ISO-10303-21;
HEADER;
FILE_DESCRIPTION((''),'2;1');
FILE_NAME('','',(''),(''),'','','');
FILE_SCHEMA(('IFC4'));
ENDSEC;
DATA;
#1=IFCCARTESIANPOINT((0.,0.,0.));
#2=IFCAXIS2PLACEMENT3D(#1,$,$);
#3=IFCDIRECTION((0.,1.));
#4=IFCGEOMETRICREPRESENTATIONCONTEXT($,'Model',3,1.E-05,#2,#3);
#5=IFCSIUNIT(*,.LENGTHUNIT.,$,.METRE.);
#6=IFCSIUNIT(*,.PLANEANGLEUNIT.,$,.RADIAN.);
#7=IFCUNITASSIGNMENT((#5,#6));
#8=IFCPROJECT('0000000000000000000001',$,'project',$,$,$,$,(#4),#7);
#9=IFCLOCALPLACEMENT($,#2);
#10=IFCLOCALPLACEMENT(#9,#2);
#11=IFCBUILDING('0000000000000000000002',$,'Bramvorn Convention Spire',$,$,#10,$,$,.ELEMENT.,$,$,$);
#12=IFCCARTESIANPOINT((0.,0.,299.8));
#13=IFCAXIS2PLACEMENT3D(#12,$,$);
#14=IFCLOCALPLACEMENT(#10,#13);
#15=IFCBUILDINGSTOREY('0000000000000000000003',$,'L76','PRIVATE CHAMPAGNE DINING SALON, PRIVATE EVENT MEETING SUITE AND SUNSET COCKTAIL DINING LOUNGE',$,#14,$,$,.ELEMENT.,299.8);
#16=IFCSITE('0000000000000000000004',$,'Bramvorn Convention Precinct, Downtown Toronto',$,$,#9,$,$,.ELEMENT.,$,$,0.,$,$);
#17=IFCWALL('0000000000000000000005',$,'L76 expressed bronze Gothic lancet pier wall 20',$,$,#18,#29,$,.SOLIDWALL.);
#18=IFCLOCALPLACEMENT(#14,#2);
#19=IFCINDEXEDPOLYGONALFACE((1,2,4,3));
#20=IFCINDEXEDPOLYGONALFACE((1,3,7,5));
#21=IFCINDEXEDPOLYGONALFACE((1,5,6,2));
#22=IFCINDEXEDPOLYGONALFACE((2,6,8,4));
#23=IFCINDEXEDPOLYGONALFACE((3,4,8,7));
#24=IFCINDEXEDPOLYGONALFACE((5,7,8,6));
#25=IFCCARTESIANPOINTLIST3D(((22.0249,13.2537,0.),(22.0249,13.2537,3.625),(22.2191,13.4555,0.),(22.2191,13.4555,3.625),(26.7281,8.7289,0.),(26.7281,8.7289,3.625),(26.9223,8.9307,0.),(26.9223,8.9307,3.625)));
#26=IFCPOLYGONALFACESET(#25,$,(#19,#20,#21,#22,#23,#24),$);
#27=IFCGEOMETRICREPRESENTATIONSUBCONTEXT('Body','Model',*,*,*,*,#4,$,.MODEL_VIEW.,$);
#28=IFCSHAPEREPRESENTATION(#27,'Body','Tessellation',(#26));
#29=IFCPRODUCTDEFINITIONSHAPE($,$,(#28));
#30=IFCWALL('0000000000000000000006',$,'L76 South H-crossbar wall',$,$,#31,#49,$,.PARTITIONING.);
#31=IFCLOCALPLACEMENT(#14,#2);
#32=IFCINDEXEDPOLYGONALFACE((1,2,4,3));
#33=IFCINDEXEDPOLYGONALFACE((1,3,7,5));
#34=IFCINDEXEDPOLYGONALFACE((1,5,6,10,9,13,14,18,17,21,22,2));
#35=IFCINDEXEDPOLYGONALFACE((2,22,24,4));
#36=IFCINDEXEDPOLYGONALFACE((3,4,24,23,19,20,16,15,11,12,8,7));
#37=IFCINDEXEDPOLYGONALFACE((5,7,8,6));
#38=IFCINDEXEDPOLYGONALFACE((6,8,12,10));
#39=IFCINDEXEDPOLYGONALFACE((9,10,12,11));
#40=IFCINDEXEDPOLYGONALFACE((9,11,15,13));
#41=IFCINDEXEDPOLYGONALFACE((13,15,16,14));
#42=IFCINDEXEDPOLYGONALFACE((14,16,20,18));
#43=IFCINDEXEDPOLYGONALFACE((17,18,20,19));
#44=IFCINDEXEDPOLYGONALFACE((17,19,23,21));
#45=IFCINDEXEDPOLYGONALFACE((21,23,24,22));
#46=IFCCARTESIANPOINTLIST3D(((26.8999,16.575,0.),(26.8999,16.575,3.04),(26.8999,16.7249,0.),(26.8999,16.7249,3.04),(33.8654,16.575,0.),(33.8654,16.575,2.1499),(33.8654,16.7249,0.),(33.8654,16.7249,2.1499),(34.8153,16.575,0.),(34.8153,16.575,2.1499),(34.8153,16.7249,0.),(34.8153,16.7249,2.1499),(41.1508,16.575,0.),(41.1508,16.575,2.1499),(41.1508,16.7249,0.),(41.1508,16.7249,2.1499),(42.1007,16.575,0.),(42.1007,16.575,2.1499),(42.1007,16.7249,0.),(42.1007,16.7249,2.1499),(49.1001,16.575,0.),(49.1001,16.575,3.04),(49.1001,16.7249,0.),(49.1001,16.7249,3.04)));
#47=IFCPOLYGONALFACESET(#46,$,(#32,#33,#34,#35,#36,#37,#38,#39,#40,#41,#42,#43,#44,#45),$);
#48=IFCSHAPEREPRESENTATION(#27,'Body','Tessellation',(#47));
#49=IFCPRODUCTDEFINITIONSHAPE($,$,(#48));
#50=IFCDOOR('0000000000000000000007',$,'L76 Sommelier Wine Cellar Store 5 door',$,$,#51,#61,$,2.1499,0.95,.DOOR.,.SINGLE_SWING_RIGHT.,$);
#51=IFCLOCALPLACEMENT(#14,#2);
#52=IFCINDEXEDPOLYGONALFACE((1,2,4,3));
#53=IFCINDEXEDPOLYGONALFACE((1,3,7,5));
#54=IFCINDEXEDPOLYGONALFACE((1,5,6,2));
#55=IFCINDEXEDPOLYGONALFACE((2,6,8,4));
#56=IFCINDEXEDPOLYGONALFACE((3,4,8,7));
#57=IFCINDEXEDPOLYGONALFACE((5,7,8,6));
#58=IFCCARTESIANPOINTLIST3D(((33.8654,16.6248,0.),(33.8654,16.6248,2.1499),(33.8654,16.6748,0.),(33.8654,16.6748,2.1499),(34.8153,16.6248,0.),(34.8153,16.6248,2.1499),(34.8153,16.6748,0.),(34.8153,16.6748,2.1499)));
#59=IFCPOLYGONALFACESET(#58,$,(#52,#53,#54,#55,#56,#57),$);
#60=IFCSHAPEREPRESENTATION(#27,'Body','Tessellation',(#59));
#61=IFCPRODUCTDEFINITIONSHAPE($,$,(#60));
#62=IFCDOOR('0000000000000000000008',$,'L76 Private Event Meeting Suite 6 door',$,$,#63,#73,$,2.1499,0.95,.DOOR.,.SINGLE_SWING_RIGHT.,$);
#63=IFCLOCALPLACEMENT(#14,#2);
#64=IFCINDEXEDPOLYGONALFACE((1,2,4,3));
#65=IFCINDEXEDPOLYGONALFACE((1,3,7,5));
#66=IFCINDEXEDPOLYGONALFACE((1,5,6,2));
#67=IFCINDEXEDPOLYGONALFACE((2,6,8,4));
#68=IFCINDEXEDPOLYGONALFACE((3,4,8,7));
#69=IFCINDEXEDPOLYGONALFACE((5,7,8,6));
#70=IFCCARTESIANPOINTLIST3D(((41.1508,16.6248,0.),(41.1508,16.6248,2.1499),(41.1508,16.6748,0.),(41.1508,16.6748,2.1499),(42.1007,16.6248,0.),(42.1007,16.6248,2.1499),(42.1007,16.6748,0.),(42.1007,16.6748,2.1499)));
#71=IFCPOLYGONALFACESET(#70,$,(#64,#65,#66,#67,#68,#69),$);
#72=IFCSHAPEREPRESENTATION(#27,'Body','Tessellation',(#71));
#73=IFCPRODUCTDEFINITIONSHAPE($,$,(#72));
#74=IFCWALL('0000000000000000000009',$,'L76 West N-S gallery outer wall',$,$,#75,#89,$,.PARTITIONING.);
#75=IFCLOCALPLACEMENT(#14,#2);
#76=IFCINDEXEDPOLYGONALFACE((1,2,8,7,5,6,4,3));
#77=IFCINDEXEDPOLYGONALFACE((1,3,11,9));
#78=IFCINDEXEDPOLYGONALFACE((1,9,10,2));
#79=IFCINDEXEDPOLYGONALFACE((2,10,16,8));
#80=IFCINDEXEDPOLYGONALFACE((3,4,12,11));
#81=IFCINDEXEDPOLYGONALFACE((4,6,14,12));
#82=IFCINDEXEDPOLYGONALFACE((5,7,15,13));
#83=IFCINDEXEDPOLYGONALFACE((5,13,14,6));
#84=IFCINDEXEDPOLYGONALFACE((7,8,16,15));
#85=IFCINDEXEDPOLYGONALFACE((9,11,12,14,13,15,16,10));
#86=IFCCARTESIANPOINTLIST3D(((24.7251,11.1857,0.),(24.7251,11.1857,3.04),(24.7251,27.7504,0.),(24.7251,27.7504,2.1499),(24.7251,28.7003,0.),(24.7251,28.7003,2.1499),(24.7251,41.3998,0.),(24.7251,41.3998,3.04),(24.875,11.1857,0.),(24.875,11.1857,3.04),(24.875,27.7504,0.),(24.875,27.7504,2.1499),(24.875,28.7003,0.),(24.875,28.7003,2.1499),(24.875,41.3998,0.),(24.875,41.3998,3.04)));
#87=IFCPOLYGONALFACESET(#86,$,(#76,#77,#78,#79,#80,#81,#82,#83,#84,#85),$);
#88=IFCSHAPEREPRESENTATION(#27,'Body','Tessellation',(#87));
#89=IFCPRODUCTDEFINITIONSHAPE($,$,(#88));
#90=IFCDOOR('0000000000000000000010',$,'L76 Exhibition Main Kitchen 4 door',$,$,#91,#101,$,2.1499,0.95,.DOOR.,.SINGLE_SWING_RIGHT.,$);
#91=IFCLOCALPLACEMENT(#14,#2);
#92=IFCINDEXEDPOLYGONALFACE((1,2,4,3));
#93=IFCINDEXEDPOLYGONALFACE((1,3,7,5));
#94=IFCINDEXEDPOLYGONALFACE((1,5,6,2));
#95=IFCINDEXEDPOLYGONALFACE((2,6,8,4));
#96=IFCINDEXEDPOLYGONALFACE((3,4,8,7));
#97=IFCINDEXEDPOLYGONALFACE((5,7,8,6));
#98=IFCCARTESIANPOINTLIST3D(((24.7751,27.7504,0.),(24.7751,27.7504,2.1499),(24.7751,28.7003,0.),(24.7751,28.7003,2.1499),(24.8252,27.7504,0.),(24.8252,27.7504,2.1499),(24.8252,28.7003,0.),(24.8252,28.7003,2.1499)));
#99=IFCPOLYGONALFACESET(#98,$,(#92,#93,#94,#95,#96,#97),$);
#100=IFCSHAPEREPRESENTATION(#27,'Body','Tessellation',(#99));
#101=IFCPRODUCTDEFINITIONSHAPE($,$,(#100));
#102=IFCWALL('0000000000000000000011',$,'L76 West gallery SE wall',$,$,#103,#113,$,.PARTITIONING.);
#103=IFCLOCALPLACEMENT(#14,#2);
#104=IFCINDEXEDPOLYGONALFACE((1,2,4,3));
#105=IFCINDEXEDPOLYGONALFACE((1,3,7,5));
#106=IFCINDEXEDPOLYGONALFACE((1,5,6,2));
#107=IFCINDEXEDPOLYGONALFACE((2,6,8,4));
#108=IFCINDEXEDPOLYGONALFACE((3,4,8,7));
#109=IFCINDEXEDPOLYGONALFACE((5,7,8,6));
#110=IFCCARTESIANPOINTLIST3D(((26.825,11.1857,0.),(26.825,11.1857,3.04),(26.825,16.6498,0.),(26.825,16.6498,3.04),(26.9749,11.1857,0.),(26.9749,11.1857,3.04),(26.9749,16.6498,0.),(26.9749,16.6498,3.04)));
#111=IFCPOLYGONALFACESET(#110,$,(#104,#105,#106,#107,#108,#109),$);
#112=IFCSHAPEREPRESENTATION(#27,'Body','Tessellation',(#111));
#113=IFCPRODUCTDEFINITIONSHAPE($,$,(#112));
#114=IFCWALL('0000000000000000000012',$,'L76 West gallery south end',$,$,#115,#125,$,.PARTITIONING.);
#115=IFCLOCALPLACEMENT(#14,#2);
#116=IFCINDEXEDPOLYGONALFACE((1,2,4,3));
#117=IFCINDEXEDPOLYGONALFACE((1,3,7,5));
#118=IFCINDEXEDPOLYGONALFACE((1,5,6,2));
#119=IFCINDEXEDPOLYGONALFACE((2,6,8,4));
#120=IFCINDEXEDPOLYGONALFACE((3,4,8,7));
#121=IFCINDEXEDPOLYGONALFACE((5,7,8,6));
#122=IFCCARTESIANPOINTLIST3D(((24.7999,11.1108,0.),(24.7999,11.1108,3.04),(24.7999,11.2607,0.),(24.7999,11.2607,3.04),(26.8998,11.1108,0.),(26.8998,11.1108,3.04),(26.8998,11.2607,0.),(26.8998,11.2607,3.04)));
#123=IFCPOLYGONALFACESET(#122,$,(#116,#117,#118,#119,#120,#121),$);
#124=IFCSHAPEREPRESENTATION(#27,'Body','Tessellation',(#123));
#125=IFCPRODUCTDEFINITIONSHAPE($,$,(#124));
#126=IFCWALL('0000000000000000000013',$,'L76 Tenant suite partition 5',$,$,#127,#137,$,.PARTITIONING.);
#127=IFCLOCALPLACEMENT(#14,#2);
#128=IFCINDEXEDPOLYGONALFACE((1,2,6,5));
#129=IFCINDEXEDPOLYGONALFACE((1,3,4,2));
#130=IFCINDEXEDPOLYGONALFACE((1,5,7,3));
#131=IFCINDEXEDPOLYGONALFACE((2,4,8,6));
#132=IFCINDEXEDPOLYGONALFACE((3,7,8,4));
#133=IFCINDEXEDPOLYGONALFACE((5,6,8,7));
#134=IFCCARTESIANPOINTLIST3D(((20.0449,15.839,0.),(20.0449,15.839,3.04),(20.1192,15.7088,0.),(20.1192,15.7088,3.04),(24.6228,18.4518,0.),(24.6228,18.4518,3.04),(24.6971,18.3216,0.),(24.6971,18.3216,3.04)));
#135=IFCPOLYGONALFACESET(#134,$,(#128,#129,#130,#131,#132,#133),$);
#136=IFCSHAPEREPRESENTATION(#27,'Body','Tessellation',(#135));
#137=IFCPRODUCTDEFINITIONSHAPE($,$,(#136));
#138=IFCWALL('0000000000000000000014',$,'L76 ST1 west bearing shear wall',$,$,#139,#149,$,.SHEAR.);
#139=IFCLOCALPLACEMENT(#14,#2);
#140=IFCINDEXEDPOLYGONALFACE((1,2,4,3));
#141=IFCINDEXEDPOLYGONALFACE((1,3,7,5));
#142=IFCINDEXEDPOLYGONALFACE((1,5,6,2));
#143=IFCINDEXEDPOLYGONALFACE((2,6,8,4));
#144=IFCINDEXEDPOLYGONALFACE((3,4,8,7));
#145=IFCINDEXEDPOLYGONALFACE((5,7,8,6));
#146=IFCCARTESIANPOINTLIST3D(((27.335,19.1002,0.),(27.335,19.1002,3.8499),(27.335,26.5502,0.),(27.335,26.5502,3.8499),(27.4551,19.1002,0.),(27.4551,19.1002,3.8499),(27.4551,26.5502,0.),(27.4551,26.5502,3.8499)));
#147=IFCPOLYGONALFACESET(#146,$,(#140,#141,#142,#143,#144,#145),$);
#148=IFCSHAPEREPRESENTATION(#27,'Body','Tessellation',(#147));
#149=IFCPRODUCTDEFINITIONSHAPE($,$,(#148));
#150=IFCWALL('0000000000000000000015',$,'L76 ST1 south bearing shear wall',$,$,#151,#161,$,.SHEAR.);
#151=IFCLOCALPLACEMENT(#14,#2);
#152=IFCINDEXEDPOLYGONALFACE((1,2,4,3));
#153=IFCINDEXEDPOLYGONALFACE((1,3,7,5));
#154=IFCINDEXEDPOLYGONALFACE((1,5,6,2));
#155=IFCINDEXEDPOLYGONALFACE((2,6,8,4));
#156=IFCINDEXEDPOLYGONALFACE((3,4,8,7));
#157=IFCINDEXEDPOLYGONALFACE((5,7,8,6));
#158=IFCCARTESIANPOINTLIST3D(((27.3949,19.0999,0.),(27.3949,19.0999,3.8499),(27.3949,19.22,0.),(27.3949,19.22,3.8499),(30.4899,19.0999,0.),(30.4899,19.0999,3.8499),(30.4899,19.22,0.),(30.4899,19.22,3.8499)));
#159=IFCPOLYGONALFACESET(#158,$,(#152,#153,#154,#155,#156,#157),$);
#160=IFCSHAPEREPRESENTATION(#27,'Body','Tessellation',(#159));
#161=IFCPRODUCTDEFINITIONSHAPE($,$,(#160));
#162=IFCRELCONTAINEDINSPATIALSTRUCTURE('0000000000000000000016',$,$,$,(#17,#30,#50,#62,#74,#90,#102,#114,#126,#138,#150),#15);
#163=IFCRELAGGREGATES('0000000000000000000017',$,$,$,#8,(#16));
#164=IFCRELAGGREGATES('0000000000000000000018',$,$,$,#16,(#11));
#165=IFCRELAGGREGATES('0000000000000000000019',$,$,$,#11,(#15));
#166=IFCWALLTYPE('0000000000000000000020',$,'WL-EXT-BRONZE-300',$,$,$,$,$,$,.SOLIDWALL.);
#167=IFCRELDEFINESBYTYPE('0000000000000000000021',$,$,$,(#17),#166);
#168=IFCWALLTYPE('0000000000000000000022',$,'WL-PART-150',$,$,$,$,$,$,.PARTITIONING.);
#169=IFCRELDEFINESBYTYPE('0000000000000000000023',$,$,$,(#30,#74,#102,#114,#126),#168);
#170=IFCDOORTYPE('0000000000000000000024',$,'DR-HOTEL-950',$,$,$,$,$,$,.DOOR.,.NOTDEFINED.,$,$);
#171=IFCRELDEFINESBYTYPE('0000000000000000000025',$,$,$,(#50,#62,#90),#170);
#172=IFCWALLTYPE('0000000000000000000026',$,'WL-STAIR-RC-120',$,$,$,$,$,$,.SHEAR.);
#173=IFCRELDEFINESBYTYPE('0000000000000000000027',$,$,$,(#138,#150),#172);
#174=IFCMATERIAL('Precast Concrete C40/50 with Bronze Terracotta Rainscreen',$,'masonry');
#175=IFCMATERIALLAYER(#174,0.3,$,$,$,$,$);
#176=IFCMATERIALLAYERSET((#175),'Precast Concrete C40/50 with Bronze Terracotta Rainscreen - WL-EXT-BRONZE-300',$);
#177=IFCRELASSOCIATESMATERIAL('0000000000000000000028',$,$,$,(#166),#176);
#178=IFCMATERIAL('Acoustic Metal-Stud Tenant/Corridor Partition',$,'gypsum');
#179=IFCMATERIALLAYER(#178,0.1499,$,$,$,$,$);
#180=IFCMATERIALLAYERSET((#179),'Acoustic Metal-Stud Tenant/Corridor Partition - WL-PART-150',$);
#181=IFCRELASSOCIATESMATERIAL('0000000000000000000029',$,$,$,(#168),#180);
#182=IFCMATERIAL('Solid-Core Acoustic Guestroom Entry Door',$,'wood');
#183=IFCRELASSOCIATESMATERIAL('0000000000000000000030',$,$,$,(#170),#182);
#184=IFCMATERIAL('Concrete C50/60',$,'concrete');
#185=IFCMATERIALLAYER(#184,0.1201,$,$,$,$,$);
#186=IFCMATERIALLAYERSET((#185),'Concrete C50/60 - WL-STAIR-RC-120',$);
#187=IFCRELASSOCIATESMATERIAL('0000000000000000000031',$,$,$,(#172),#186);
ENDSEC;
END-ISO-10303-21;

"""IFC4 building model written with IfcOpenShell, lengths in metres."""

from ifc_helpers import new_model, si_unit, direction, frame, frame_2d, origin, place, context, subcontext, project, spatial, rectangle, extrude, material, layer, layer_set, type_object, element, fill, save


model = new_model("IFC4")

# Units and contexts
model_context = context("Model", 3, precision=1e-05, world=origin(), true_north=direction((0.0, 1.0)))
body_context = subcontext(model_context, "Body", "Model", "MODEL_VIEW")
ifc_project = project(units=[si_unit("LENGTHUNIT", "METRE"), si_unit("PLANEANGLEUNIT", "RADIAN")], contexts=[model_context])

# Site, building, storey
site_placement = place(None, origin())
site = spatial("IfcSite", under=ifc_project, at=site_placement, Name="Bramvorn Convention Precinct, Downtown Toronto", CompositionType="ELEMENT", RefElevation=0.0)
building_placement = place(site_placement, origin())
building = spatial("IfcBuilding", under=site, at=building_placement, Name="Bramvorn Convention Spire", CompositionType="ELEMENT")
storey_placement = place(building_placement, frame((0.0, 0.0, 299.8)))
storey = spatial("IfcBuildingStorey", under=building, at=storey_placement, Name="L76", Description="PRIVATE CHAMPAGNE DINING SALON, PRIVATE EVENT MEETING SUITE AND SUNSET COCKTAIL DINING LOUNGE", CompositionType="ELEMENT", Elevation=299.8)

# Shared definitions
ifc_material_1 = material(Name="Concrete C50/60", Category="concrete")

# Wall
ifc_material_2 = material(Name="Precast Concrete C40/50 with Bronze Terracotta Rainscreen", Category="masonry")
ifc_layer_1 = layer(ifc_material_2, 0.3)
ifc_layer_set_1 = layer_set([ifc_layer_1], Name="Precast Concrete C40/50 with Bronze Terracotta Rainscreen - WL-EXT-BRONZE-300")
wall_type_1 = type_object("IfcWallType", Name="WL-EXT-BRONZE-300", PredefinedType="SOLIDWALL", material=ifc_layer_set_1)
wall_1_placement = place(storey_placement, frame((26.8252, 8.8298, 0.0), z_axis=(0.0, 0.0, 1.0), x_axis=(-0.720648, 0.693302, 0.0)))
element("IfcWall", 1, at=wall_1_placement, inside=storey, type_object=wall_type_1, Name="L76 expressed bronze Gothic lancet pier wall 20", PredefinedType="SOLIDWALL", context=body_context, shape_type="SweptSolid", body=[
    extrude(rectangle(XDim=6.5264, YDim=0.28, at=frame_2d((3.2632, 0.0))), origin(), (0.0, 0.0, 1.0), 3.625),
])

# Wall, openings, doors
ifc_material_3 = material(Name="Acoustic Metal-Stud Tenant/Corridor Partition", Category="gypsum")
ifc_layer_2 = layer(ifc_material_3, 0.1499)
ifc_layer_set_2 = layer_set([ifc_layer_2], Name="Acoustic Metal-Stud Tenant/Corridor Partition - WL-PART-150")
wall_type_2 = type_object("IfcWallType", Name="WL-PART-150", PredefinedType="PARTITIONING", material=ifc_layer_set_2)
wall_2_placement = place(storey_placement, frame((26.8999, 16.6499, 0.0), z_axis=(0.0, 0.0, 1.0), x_axis=(1.0, 0.0, 0.0)))
wall_2 = element("IfcWall", 2, at=wall_2_placement, inside=storey, type_object=wall_type_2, Name="L76 South H-crossbar wall", PredefinedType="PARTITIONING", context=body_context, shape_type="SweptSolid", body=[
    extrude(rectangle(XDim=22.2002, YDim=0.1499, at=frame_2d((11.1001, 0.0))), origin(), (0.0, 0.0, 1.0), 3.04),
])
opening_1_placement = place(wall_2_placement, frame((6.9653, 0.0, 0.0)))
opening_1 = element("IfcOpeningElement", 3, at=opening_1_placement, cuts=wall_2, PredefinedType="OPENING", context=body_context, shape_type="SweptSolid", body=[
    extrude(rectangle(XDim=0.95, YDim=2.1499, at=frame_2d((0.4751, 1.075))), frame((0.0, 0.085, 0.0), z_axis=(0.0, -1.0, 0.0), x_axis=(1.0, 0.0, 0.0)), (0.0, 0.0, 1.0), 0.1699),
])
opening_2_placement = place(wall_2_placement, frame((14.2507, 0.0, 0.0)))
opening_2 = element("IfcOpeningElement", 4, at=opening_2_placement, cuts=wall_2, PredefinedType="OPENING", context=body_context, shape_type="SweptSolid", body=[
    extrude(rectangle(XDim=0.95, YDim=2.1499, at=frame_2d((0.4751, 1.075))), frame((0.0, 0.085, 0.0), z_axis=(0.0, -1.0, 0.0), x_axis=(1.0, 0.0, 0.0)), (0.0, 0.0, 1.0), 0.1699),
])
ifc_material_4 = material(Name="Solid-Core Acoustic Guestroom Entry Door", Category="wood")
door_type_1 = type_object("IfcDoorType", Name="DR-HOTEL-950", OperationType="NOTDEFINED", PredefinedType="DOOR", material=ifc_material_4)
door_1_placement = place(opening_1_placement, origin())
door_1 = element("IfcDoor", 5, at=door_1_placement, inside=storey, type_object=door_type_1, Name="L76 Sommelier Wine Cellar Store 5 door", OperationType="SINGLE_SWING_RIGHT", OverallHeight=2.1499, OverallWidth=0.95, PredefinedType="DOOR", context=body_context, shape_type="SweptSolid", body=[
    extrude(rectangle(XDim=0.95, YDim=2.1499, at=frame_2d((0.4751, 1.075))), frame((0.0, 0.0249, 0.0), z_axis=(0.0, -1.0, 0.0), x_axis=(1.0, 0.0, 0.0)), (0.0, 0.0, 1.0), 0.05),
])
fill(opening_1, door_1)
door_2_placement = place(opening_2_placement, origin())
door_2 = element("IfcDoor", 6, at=door_2_placement, inside=storey, type_object=door_type_1, Name="L76 Private Event Meeting Suite 6 door", OperationType="SINGLE_SWING_RIGHT", OverallHeight=2.1499, OverallWidth=0.95, PredefinedType="DOOR", context=body_context, shape_type="SweptSolid", body=[
    extrude(rectangle(XDim=0.95, YDim=2.1499, at=frame_2d((0.4751, 1.075))), frame((0.0, 0.0249, 0.0), z_axis=(0.0, -1.0, 0.0), x_axis=(1.0, 0.0, 0.0)), (0.0, 0.0, 1.0), 0.05),
])
fill(opening_2, door_2)

# Wall, opening, door
wall_3_placement = place(storey_placement, frame((24.8, 11.1858, 0.0), z_axis=(0.0, 0.0, 1.0), x_axis=(0.0, 1.0, 0.0)))
wall_3 = element("IfcWall", 7, at=wall_3_placement, inside=storey, type_object=wall_type_2, Name="L76 West N-S gallery outer wall", PredefinedType="PARTITIONING", context=body_context, shape_type="SweptSolid", body=[
    extrude(rectangle(XDim=30.2141, YDim=0.1499, at=frame_2d((15.1069, 0.0))), origin(), (0.0, 0.0, 1.0), 3.04),
])
opening_3_placement = place(wall_3_placement, frame((16.5645, 0.0, 0.0)))
opening_3 = element("IfcOpeningElement", 8, at=opening_3_placement, cuts=wall_3, PredefinedType="OPENING", context=body_context, shape_type="SweptSolid", body=[
    extrude(rectangle(XDim=0.95, YDim=2.1499, at=frame_2d((0.4751, 1.075))), frame((0.0, 0.085, 0.0), z_axis=(0.0, -1.0, 0.0), x_axis=(1.0, 0.0, 0.0)), (0.0, 0.0, 1.0), 0.1699),
])
door_3_placement = place(opening_3_placement, origin())
door_3 = element("IfcDoor", 9, at=door_3_placement, inside=storey, type_object=door_type_1, Name="L76 Exhibition Main Kitchen 4 door", OperationType="SINGLE_SWING_RIGHT", OverallHeight=2.1499, OverallWidth=0.95, PredefinedType="DOOR", context=body_context, shape_type="SweptSolid", body=[
    extrude(rectangle(XDim=0.95, YDim=2.1499, at=frame_2d((0.4751, 1.075))), frame((0.0, 0.0249, 0.0), z_axis=(0.0, -1.0, 0.0), x_axis=(1.0, 0.0, 0.0)), (0.0, 0.0, 1.0), 0.05),
])
fill(opening_3, door_3)

# Walls
wall_4_placement = place(storey_placement, frame((26.8999, 11.1858, 0.0), z_axis=(0.0, 0.0, 1.0), x_axis=(0.0, 1.0, 0.0)))
element("IfcWall", 10, at=wall_4_placement, inside=storey, type_object=wall_type_2, Name="L76 West gallery SE wall", PredefinedType="PARTITIONING", context=body_context, shape_type="SweptSolid", body=[
    extrude(rectangle(XDim=5.4641, YDim=0.1499, at=frame_2d((2.7319, 0.0))), origin(), (0.0, 0.0, 1.0), 3.04),
])
wall_5_placement = place(storey_placement, frame((24.8, 11.1858, 0.0), z_axis=(0.0, 0.0, 1.0), x_axis=(1.0, 0.0, 0.0)))
element("IfcWall", 11, at=wall_5_placement, inside=storey, type_object=wall_type_2, Name="L76 West gallery south end", PredefinedType="PARTITIONING", context=body_context, shape_type="SweptSolid", body=[
    extrude(rectangle(XDim=2.0999, YDim=0.1499, at=frame_2d((1.0498, 0.0))), origin(), (0.0, 0.0, 1.0), 3.04),
])
wall_6_placement = place(storey_placement, frame((24.6599, 18.3867, 0.0), z_axis=(0.0, 0.0, 1.0), x_axis=(-0.8685, -0.49569, 0.0)))
element("IfcWall", 12, at=wall_6_placement, inside=storey, type_object=wall_type_2, Name="L76 Tenant suite partition 5", PredefinedType="PARTITIONING", context=body_context, shape_type="SweptSolid", body=[
    extrude(rectangle(XDim=5.271, YDim=0.1499, at=frame_2d((2.6355, 0.0))), origin(), (0.0, 0.0, 1.0), 3.04),
])
ifc_layer_3 = layer(ifc_material_1, 0.1201)
ifc_layer_set_3 = layer_set([ifc_layer_3], Name="Concrete C50/60 - WL-STAIR-RC-120")
wall_type_3 = type_object("IfcWallType", Name="WL-STAIR-RC-120", PredefinedType="SHEAR", material=ifc_layer_set_3)
wall_7_placement = place(storey_placement, frame((27.395, 19.1001, 0.0), z_axis=(0.0, 0.0, 1.0), x_axis=(0.0, 1.0, 0.0)))
element("IfcWall", 13, at=wall_7_placement, inside=storey, type_object=wall_type_3, Name="L76 ST1 west bearing shear wall", PredefinedType="SHEAR", context=body_context, shape_type="SweptSolid", body=[
    extrude(rectangle(XDim=7.45, YDim=0.1201, at=frame_2d((3.7251, 0.0))), origin(), (0.0, 0.0, 1.0), 3.8499),
])
wall_8_placement = place(storey_placement, frame((27.395, 19.1599, 0.0), z_axis=(0.0, 0.0, 1.0), x_axis=(1.0, 0.0, 0.0)))
element("IfcWall", 14, at=wall_8_placement, inside=storey, type_object=wall_type_3, Name="L76 ST1 south bearing shear wall", PredefinedType="SHEAR", context=body_context, shape_type="SweptSolid", body=[
    extrude(rectangle(XDim=3.095, YDim=0.1201, at=frame_2d((1.5474, 0.0))), origin(), (0.0, 0.0, 1.0), 3.8499),
])

save(model, "model.ifc")
